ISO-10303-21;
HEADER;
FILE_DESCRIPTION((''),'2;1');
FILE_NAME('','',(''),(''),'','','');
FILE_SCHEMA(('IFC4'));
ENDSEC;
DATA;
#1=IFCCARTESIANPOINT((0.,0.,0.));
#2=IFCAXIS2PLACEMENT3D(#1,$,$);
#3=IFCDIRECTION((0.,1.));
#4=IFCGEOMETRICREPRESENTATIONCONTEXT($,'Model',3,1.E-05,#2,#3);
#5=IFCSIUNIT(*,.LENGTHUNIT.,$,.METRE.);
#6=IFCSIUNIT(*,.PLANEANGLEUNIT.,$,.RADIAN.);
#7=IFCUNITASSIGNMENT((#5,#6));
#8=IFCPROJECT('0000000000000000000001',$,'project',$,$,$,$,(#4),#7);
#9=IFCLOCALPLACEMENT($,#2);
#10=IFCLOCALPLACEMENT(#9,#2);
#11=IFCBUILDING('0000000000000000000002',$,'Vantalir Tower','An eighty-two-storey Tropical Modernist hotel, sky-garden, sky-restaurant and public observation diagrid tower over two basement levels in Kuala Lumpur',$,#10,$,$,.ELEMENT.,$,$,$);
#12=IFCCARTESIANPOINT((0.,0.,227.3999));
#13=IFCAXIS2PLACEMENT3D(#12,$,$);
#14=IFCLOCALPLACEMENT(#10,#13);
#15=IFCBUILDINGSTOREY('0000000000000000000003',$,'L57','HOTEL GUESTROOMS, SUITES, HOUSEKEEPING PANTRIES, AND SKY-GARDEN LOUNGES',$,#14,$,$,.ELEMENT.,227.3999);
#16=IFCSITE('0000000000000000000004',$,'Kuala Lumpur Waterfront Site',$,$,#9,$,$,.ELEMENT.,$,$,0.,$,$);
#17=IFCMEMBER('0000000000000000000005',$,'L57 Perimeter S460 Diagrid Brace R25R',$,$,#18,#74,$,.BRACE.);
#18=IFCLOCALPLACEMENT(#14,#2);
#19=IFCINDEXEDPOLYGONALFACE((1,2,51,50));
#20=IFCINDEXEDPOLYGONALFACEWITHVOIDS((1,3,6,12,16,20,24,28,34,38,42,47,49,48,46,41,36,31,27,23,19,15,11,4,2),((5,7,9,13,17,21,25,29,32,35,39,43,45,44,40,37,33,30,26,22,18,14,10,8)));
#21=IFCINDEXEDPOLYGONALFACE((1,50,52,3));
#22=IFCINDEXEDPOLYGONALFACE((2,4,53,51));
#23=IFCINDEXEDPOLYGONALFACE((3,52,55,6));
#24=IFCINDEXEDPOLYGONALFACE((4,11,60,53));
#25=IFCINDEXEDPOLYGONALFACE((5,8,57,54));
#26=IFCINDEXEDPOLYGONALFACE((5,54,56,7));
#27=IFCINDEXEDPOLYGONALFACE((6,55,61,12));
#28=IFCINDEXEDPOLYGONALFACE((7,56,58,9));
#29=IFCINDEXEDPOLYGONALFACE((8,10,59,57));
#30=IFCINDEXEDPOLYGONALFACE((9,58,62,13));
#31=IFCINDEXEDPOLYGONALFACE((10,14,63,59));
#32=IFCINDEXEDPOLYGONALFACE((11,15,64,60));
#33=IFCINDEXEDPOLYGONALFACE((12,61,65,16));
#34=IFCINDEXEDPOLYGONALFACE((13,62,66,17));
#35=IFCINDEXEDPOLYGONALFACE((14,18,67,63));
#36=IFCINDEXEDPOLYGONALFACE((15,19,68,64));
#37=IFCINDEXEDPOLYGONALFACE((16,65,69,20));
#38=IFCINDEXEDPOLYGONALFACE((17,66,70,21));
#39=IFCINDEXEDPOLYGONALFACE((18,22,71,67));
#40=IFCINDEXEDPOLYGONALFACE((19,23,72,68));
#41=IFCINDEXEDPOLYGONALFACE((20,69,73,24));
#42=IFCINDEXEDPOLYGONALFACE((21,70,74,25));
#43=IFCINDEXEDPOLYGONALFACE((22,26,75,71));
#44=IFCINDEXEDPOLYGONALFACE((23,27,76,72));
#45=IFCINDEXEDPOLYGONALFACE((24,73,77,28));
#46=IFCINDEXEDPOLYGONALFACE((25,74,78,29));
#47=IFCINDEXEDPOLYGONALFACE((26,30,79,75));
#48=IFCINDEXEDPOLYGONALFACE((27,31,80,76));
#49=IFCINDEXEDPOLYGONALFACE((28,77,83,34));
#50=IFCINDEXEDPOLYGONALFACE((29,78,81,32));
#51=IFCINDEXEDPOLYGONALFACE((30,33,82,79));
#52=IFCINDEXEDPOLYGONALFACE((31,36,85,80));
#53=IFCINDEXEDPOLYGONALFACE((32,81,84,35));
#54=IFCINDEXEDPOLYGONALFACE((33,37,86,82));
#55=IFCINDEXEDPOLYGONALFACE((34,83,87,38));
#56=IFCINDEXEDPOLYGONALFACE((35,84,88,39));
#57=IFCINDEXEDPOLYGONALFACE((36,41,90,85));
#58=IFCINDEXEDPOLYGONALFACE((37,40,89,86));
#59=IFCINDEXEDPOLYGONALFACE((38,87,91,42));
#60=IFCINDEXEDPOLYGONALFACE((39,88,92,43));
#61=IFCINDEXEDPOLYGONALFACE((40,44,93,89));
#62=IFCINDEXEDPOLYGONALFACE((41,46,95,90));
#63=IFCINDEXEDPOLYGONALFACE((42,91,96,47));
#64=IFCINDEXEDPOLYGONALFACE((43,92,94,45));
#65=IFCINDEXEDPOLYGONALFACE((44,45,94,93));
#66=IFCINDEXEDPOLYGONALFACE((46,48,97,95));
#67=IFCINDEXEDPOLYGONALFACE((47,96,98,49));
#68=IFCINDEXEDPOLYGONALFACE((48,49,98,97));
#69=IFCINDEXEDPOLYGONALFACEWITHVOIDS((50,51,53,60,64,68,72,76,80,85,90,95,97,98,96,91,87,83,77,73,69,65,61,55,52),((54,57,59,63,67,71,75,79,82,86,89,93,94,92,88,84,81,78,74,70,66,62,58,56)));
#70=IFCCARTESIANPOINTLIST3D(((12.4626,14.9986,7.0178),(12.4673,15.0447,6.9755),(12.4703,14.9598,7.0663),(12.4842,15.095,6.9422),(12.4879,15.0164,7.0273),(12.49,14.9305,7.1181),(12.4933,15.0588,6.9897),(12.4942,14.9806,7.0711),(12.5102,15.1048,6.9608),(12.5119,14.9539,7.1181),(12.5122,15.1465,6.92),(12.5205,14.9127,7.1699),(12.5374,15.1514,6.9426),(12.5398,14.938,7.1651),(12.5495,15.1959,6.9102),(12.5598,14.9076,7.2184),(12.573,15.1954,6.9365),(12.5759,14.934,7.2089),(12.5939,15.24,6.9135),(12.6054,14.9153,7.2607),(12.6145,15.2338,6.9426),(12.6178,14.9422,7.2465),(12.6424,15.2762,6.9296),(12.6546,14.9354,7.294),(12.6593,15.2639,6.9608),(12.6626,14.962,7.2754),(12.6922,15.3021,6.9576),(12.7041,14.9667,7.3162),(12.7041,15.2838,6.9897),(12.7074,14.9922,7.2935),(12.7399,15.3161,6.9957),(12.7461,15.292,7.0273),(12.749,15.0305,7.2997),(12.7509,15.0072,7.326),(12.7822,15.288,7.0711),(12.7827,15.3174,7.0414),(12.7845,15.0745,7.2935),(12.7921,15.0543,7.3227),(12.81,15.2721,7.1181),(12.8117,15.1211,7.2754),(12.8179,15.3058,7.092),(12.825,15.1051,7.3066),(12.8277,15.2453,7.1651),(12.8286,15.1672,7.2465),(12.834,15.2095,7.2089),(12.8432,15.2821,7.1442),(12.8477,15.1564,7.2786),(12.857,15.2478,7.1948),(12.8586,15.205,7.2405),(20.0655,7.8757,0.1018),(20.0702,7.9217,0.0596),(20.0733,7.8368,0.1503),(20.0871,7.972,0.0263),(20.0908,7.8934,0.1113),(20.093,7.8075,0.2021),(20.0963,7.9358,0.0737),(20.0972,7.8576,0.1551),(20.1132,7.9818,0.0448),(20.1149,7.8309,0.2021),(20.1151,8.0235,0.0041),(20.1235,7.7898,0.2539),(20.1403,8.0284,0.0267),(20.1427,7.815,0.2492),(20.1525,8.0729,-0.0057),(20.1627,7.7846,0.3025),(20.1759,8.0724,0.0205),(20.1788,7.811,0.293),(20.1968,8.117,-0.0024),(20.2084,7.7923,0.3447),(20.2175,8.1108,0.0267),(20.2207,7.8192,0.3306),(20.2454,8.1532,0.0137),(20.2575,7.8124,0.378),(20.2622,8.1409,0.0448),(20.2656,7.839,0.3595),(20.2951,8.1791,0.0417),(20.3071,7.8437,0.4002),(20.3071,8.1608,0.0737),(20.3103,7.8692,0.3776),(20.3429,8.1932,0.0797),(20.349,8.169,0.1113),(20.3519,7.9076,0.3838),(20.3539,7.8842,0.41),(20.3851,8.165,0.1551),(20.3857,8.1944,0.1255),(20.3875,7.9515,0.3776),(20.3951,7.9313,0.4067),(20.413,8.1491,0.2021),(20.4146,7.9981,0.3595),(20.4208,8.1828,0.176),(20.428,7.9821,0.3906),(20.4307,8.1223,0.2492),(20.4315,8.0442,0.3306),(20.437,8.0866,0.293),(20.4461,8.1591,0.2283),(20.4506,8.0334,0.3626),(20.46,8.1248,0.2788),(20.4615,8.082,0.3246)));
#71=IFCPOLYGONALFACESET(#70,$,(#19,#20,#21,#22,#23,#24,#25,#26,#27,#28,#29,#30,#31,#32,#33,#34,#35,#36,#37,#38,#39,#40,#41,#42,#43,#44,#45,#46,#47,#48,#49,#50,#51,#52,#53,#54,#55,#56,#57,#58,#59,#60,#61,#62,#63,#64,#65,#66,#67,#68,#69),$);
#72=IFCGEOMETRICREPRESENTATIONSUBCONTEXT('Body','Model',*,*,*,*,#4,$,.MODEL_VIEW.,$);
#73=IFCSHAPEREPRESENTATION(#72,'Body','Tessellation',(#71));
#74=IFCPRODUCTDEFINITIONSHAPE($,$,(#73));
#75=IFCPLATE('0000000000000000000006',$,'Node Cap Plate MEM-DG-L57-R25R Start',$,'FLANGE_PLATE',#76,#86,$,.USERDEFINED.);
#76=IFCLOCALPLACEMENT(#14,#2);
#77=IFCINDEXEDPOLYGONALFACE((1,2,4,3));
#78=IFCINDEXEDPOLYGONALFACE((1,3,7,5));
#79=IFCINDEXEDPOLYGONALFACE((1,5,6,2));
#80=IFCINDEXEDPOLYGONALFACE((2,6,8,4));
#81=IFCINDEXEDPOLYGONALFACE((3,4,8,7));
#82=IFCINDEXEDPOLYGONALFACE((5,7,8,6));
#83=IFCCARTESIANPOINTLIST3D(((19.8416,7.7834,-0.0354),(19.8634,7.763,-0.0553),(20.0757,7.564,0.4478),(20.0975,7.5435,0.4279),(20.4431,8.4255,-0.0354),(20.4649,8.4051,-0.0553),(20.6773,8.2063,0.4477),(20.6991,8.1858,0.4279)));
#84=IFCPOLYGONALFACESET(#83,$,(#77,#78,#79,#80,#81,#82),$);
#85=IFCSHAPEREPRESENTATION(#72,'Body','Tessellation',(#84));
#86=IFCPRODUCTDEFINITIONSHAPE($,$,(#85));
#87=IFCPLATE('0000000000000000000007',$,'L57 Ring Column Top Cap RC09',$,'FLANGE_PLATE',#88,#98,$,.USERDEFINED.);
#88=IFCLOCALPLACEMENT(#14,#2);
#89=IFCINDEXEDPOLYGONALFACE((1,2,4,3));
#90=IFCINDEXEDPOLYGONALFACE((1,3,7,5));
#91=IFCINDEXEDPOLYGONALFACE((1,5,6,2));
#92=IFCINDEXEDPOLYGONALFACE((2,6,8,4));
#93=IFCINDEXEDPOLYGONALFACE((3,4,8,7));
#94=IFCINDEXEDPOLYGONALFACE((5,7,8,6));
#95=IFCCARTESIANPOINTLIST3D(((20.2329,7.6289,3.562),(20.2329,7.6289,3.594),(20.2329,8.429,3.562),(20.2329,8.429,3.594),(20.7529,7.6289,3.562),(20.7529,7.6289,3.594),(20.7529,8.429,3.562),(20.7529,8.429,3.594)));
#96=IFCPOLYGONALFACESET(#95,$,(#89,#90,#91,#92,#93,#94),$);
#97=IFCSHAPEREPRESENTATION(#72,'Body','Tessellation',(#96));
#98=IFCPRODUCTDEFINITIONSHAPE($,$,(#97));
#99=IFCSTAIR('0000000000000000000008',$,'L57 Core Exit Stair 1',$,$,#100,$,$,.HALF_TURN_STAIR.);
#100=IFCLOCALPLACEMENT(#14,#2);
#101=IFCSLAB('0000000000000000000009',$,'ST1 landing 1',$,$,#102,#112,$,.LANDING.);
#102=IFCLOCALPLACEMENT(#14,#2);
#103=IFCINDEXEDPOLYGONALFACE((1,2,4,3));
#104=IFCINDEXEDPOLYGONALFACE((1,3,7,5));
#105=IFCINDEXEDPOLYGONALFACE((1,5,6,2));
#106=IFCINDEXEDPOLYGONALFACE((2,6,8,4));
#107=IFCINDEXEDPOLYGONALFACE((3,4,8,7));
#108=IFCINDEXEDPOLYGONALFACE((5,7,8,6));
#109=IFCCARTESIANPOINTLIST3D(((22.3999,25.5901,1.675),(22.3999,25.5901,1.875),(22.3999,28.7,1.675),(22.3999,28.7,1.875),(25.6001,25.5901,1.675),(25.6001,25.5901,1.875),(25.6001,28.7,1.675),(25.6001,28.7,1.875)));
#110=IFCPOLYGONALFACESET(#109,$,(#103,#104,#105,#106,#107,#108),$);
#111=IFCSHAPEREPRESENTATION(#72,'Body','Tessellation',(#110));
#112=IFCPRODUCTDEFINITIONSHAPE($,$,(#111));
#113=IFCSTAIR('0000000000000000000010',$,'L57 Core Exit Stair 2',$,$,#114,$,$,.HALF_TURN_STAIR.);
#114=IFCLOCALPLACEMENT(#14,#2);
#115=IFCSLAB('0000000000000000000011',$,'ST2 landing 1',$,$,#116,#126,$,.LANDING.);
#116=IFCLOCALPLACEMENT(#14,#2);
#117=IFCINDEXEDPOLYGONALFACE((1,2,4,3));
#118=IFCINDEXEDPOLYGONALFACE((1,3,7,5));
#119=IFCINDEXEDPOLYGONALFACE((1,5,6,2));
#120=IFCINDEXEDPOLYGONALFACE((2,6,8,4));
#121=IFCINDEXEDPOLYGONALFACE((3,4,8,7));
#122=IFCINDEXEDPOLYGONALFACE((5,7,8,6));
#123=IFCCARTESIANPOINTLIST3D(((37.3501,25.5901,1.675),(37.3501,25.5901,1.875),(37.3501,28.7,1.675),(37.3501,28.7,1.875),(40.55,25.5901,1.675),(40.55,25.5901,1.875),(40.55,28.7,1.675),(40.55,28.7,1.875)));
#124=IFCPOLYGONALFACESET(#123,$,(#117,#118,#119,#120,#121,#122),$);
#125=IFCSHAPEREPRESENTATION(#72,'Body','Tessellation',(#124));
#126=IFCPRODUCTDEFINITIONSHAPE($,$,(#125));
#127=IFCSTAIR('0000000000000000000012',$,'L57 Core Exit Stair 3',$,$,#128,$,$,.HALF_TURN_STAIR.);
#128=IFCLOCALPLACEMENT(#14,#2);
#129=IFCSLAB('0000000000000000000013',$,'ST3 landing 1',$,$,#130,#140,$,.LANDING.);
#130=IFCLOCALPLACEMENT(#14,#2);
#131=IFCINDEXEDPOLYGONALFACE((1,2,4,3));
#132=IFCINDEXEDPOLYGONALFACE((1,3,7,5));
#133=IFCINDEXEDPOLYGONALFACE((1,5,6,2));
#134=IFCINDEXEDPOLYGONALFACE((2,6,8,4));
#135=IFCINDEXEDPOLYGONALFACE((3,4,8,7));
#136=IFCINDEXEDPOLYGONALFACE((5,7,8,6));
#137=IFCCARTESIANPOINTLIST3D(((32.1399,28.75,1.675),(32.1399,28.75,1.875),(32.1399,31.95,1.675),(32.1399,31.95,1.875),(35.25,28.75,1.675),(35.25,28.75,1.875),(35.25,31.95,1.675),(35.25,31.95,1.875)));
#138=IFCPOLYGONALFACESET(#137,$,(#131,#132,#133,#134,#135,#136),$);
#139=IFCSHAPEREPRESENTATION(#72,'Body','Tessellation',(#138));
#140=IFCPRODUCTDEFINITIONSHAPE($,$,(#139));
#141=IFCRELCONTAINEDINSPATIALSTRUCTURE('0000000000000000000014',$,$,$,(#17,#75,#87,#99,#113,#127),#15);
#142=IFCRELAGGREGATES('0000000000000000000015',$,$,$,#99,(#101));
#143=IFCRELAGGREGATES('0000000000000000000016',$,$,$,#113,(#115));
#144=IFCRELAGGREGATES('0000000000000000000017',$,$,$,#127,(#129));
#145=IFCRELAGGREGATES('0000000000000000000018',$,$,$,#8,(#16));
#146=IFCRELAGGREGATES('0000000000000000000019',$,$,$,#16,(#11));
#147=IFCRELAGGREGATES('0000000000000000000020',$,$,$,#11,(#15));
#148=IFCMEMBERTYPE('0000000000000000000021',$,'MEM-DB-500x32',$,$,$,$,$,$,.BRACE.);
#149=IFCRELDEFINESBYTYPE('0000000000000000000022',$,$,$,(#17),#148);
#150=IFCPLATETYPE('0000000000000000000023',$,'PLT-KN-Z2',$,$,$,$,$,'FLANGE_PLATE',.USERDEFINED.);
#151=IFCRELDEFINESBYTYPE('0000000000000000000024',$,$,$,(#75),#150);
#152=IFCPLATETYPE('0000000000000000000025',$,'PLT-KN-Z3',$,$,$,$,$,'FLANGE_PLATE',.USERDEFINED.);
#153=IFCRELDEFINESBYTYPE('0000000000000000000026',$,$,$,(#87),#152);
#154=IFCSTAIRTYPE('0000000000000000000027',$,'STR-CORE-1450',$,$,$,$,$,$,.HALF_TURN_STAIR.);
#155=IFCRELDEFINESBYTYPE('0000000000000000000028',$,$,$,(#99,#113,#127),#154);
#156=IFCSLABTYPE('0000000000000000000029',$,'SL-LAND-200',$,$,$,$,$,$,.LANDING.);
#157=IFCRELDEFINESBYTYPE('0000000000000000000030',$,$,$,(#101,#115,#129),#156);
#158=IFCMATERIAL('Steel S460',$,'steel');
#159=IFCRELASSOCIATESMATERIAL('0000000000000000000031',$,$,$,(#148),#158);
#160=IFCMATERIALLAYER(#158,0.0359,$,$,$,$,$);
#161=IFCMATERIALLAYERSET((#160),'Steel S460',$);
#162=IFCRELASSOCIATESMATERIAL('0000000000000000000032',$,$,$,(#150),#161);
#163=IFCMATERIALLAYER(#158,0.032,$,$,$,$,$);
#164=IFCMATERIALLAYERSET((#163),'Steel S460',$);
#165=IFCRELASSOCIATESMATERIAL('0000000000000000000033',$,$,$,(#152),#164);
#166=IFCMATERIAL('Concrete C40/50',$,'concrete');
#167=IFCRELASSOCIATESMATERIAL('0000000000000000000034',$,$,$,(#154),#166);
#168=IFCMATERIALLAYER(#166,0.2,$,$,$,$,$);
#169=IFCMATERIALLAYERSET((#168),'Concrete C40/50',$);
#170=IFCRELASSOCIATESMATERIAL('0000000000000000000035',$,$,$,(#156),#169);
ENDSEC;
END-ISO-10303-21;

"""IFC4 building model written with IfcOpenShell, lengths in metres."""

from ifc_helpers import new_model, si_unit, direction, frame, origin, origin_2d, place, context, subcontext, project, spatial, polyline, hollow_circle, outline, extrude, material, layer, layer_set, material_profile, profile_set, type_object, element, aggregate, save


model = new_model("IFC4")

# Units and contexts
model_context = context("Model", 3, precision=1e-05, world=origin(), true_north=direction((0.0, 1.0)))
body_context = subcontext(model_context, "Body", "Model", "MODEL_VIEW")
ifc_project = project(units=[si_unit("LENGTHUNIT", "METRE"), si_unit("PLANEANGLEUNIT", "RADIAN")], contexts=[model_context])

# Site, building, storey
site_placement = place(None, origin())
site = spatial("IfcSite", under=ifc_project, at=site_placement, Name="Kuala Lumpur Waterfront Site", CompositionType="ELEMENT", RefElevation=0.0)
building_placement = place(site_placement, origin())
building = spatial("IfcBuilding", under=site, at=building_placement, Name="Vantalir Tower", Description="An eighty-two-storey Tropical Modernist hotel, sky-garden, sky-restaurant and public observation diagrid tower over two basement levels in Kuala Lumpur", CompositionType="ELEMENT")
storey_placement = place(building_placement, frame((0.0, 0.0, 227.3999)))
storey = spatial("IfcBuildingStorey", under=building, at=storey_placement, Name="L57", Description="HOTEL GUESTROOMS, SUITES, HOUSEKEEPING PANTRIES, AND SKY-GARDEN LOUNGES", CompositionType="ELEMENT", Elevation=227.3999)

# Shared definitions
ifc_material_1 = material(Name="Steel S460", Category="steel")

# Member
ifc_material_profile_1 = material_profile(ifc_material_1, hollow_circle(Radius=0.25, WallThickness=0.032, at=origin_2d()), Name="Steel S460")
ifc_profile_set_1 = profile_set([ifc_material_profile_1], Name="Steel S460")
member_type_1 = type_object("IfcMemberType", Name="MEM-DB-500x32", PredefinedType="BRACE", material=ifc_profile_set_1)
member_1_placement = place(storey_placement, frame((20.2639, 7.99, 0.2021), z_axis=(-0.607999, 0.569616, 0.55306), x_axis=(-0.683696, -0.729767, 0.0)))
element("IfcMember", 1, at=member_1_placement, inside=storey, type_object=member_type_1, Name="L57 Perimeter S460 Diagrid Brace R25R", PredefinedType="BRACE", context=body_context, shape_type="SweptSolid", body=[
    extrude(hollow_circle(Radius=0.25, WallThickness=0.032, at=origin_2d()), origin(), (0.0, 0.0, 1.0), 12.5049),
])

# Plates
ifc_layer_1 = layer(ifc_material_1, 0.0359)
ifc_layer_set_1 = layer_set([ifc_layer_1], Name="Steel S460")
plate_type_1 = type_object("IfcPlateType", Name="PLT-KN-Z2", ElementType="FLANGE_PLATE", PredefinedType="USERDEFINED", material=ifc_layer_set_1)
plate_1_placement = place(storey_placement, frame((20.4431, 8.4255, -0.0354), z_axis=(-0.607987, 0.569504, 0.553188), x_axis=(-0.683653, -0.729807, -0.000044)))
element("IfcPlate", 2, at=plate_1_placement, inside=storey, type_object=plate_type_1, Name="Node Cap Plate MEM-DG-L57-R25R Start", ObjectType="FLANGE_PLATE", PredefinedType="USERDEFINED", context=body_context, shape_type="SweptSolid", body=[
    extrude(outline(polyline([(0.0, 0.0), (0.8799, 0.0), (0.88, 0.58), (-0.0001, 0.5799), (0.0, 0.0)])), origin(), (0.0, 0.0, -1.0), 0.0359),
])
ifc_layer_2 = layer(ifc_material_1, 0.032)
ifc_layer_set_2 = layer_set([ifc_layer_2], Name="Steel S460")
plate_type_2 = type_object("IfcPlateType", Name="PLT-KN-Z3", ElementType="FLANGE_PLATE", PredefinedType="USERDEFINED", material=ifc_layer_set_2)
plate_2_placement = place(storey_placement, frame((20.2329, 8.429, 3.594), z_axis=(0.0, 0.0, 1.0), x_axis=(0.0, -1.0, 0.0)))
element("IfcPlate", 3, at=plate_2_placement, inside=storey, type_object=plate_type_2, Name="L57 Ring Column Top Cap RC09", ObjectType="FLANGE_PLATE", PredefinedType="USERDEFINED", context=body_context, shape_type="SweptSolid", body=[
    extrude(outline(polyline([(0.0, 0.0), (0.8, 0.0), (0.8, 0.52), (0.0, 0.52), (0.0, 0.0)])), origin(), (0.0, 0.0, -1.0), 0.032),
])

# Stairs, slabs
ifc_material_2 = material(Name="Concrete C40/50", Category="concrete")
stair_type = type_object("IfcStairType", Name="STR-CORE-1450", PredefinedType="HALF_TURN_STAIR", material=ifc_material_2)
stair_1_placement = place(storey_placement, origin())
stair_1 = element("IfcStair", 4, at=stair_1_placement, inside=storey, type_object=stair_type, Name="L57 Core Exit Stair 1", PredefinedType="HALF_TURN_STAIR")
ifc_layer_3 = layer(ifc_material_2, 0.2)
ifc_layer_set_3 = layer_set([ifc_layer_3], Name="Concrete C40/50")
slab_type_1 = type_object("IfcSlabType", Name="SL-LAND-200", PredefinedType="LANDING", material=ifc_layer_set_3)
slab_1_placement = place(storey_placement, frame((0.0, 0.0, 1.675)))
slab_1 = element("IfcSlab", 5, at=slab_1_placement, type_object=slab_type_1, Name="ST1 landing 1", PredefinedType="LANDING", context=body_context, shape_type="SweptSolid", body=[
    extrude(outline(polyline([(25.6001, 25.5901), (25.6001, 28.7), (22.3999, 28.7), (22.3999, 25.5901), (25.6001, 25.5901)])), origin(), (0.0, 0.0, 1.0), 0.2),
])
aggregate(stair_1, [slab_1])
stair_2_placement = place(storey_placement, origin())
stair_2 = element("IfcStair", 6, at=stair_2_placement, inside=storey, type_object=stair_type, Name="L57 Core Exit Stair 2", PredefinedType="HALF_TURN_STAIR")
slab_2_placement = place(storey_placement, frame((0.0, 0.0, 1.675)))
slab_2 = element("IfcSlab", 7, at=slab_2_placement, type_object=slab_type_1, Name="ST2 landing 1", PredefinedType="LANDING", context=body_context, shape_type="SweptSolid", body=[
    extrude(outline(polyline([(40.55, 25.5901), (40.55, 28.7), (37.3501, 28.7), (37.3501, 25.5901), (40.55, 25.5901)])), origin(), (0.0, 0.0, 1.0), 0.2),
])
aggregate(stair_2, [slab_2])
stair_3_placement = place(storey_placement, origin())
stair_3 = element("IfcStair", 8, at=stair_3_placement, inside=storey, type_object=stair_type, Name="L57 Core Exit Stair 3", PredefinedType="HALF_TURN_STAIR")
slab_3_placement = place(storey_placement, frame((0.0, 0.0, 1.675)))
slab_3 = element("IfcSlab", 9, at=slab_3_placement, type_object=slab_type_1, Name="ST3 landing 1", PredefinedType="LANDING", context=body_context, shape_type="SweptSolid", body=[
    extrude(outline(polyline([(32.1399, 28.75), (35.25, 28.75), (35.25, 31.95), (32.1399, 31.95), (32.1399, 28.75)])), origin(), (0.0, 0.0, 1.0), 0.2),
])
aggregate(stair_3, [slab_3])

save(model, "model.ifc")
